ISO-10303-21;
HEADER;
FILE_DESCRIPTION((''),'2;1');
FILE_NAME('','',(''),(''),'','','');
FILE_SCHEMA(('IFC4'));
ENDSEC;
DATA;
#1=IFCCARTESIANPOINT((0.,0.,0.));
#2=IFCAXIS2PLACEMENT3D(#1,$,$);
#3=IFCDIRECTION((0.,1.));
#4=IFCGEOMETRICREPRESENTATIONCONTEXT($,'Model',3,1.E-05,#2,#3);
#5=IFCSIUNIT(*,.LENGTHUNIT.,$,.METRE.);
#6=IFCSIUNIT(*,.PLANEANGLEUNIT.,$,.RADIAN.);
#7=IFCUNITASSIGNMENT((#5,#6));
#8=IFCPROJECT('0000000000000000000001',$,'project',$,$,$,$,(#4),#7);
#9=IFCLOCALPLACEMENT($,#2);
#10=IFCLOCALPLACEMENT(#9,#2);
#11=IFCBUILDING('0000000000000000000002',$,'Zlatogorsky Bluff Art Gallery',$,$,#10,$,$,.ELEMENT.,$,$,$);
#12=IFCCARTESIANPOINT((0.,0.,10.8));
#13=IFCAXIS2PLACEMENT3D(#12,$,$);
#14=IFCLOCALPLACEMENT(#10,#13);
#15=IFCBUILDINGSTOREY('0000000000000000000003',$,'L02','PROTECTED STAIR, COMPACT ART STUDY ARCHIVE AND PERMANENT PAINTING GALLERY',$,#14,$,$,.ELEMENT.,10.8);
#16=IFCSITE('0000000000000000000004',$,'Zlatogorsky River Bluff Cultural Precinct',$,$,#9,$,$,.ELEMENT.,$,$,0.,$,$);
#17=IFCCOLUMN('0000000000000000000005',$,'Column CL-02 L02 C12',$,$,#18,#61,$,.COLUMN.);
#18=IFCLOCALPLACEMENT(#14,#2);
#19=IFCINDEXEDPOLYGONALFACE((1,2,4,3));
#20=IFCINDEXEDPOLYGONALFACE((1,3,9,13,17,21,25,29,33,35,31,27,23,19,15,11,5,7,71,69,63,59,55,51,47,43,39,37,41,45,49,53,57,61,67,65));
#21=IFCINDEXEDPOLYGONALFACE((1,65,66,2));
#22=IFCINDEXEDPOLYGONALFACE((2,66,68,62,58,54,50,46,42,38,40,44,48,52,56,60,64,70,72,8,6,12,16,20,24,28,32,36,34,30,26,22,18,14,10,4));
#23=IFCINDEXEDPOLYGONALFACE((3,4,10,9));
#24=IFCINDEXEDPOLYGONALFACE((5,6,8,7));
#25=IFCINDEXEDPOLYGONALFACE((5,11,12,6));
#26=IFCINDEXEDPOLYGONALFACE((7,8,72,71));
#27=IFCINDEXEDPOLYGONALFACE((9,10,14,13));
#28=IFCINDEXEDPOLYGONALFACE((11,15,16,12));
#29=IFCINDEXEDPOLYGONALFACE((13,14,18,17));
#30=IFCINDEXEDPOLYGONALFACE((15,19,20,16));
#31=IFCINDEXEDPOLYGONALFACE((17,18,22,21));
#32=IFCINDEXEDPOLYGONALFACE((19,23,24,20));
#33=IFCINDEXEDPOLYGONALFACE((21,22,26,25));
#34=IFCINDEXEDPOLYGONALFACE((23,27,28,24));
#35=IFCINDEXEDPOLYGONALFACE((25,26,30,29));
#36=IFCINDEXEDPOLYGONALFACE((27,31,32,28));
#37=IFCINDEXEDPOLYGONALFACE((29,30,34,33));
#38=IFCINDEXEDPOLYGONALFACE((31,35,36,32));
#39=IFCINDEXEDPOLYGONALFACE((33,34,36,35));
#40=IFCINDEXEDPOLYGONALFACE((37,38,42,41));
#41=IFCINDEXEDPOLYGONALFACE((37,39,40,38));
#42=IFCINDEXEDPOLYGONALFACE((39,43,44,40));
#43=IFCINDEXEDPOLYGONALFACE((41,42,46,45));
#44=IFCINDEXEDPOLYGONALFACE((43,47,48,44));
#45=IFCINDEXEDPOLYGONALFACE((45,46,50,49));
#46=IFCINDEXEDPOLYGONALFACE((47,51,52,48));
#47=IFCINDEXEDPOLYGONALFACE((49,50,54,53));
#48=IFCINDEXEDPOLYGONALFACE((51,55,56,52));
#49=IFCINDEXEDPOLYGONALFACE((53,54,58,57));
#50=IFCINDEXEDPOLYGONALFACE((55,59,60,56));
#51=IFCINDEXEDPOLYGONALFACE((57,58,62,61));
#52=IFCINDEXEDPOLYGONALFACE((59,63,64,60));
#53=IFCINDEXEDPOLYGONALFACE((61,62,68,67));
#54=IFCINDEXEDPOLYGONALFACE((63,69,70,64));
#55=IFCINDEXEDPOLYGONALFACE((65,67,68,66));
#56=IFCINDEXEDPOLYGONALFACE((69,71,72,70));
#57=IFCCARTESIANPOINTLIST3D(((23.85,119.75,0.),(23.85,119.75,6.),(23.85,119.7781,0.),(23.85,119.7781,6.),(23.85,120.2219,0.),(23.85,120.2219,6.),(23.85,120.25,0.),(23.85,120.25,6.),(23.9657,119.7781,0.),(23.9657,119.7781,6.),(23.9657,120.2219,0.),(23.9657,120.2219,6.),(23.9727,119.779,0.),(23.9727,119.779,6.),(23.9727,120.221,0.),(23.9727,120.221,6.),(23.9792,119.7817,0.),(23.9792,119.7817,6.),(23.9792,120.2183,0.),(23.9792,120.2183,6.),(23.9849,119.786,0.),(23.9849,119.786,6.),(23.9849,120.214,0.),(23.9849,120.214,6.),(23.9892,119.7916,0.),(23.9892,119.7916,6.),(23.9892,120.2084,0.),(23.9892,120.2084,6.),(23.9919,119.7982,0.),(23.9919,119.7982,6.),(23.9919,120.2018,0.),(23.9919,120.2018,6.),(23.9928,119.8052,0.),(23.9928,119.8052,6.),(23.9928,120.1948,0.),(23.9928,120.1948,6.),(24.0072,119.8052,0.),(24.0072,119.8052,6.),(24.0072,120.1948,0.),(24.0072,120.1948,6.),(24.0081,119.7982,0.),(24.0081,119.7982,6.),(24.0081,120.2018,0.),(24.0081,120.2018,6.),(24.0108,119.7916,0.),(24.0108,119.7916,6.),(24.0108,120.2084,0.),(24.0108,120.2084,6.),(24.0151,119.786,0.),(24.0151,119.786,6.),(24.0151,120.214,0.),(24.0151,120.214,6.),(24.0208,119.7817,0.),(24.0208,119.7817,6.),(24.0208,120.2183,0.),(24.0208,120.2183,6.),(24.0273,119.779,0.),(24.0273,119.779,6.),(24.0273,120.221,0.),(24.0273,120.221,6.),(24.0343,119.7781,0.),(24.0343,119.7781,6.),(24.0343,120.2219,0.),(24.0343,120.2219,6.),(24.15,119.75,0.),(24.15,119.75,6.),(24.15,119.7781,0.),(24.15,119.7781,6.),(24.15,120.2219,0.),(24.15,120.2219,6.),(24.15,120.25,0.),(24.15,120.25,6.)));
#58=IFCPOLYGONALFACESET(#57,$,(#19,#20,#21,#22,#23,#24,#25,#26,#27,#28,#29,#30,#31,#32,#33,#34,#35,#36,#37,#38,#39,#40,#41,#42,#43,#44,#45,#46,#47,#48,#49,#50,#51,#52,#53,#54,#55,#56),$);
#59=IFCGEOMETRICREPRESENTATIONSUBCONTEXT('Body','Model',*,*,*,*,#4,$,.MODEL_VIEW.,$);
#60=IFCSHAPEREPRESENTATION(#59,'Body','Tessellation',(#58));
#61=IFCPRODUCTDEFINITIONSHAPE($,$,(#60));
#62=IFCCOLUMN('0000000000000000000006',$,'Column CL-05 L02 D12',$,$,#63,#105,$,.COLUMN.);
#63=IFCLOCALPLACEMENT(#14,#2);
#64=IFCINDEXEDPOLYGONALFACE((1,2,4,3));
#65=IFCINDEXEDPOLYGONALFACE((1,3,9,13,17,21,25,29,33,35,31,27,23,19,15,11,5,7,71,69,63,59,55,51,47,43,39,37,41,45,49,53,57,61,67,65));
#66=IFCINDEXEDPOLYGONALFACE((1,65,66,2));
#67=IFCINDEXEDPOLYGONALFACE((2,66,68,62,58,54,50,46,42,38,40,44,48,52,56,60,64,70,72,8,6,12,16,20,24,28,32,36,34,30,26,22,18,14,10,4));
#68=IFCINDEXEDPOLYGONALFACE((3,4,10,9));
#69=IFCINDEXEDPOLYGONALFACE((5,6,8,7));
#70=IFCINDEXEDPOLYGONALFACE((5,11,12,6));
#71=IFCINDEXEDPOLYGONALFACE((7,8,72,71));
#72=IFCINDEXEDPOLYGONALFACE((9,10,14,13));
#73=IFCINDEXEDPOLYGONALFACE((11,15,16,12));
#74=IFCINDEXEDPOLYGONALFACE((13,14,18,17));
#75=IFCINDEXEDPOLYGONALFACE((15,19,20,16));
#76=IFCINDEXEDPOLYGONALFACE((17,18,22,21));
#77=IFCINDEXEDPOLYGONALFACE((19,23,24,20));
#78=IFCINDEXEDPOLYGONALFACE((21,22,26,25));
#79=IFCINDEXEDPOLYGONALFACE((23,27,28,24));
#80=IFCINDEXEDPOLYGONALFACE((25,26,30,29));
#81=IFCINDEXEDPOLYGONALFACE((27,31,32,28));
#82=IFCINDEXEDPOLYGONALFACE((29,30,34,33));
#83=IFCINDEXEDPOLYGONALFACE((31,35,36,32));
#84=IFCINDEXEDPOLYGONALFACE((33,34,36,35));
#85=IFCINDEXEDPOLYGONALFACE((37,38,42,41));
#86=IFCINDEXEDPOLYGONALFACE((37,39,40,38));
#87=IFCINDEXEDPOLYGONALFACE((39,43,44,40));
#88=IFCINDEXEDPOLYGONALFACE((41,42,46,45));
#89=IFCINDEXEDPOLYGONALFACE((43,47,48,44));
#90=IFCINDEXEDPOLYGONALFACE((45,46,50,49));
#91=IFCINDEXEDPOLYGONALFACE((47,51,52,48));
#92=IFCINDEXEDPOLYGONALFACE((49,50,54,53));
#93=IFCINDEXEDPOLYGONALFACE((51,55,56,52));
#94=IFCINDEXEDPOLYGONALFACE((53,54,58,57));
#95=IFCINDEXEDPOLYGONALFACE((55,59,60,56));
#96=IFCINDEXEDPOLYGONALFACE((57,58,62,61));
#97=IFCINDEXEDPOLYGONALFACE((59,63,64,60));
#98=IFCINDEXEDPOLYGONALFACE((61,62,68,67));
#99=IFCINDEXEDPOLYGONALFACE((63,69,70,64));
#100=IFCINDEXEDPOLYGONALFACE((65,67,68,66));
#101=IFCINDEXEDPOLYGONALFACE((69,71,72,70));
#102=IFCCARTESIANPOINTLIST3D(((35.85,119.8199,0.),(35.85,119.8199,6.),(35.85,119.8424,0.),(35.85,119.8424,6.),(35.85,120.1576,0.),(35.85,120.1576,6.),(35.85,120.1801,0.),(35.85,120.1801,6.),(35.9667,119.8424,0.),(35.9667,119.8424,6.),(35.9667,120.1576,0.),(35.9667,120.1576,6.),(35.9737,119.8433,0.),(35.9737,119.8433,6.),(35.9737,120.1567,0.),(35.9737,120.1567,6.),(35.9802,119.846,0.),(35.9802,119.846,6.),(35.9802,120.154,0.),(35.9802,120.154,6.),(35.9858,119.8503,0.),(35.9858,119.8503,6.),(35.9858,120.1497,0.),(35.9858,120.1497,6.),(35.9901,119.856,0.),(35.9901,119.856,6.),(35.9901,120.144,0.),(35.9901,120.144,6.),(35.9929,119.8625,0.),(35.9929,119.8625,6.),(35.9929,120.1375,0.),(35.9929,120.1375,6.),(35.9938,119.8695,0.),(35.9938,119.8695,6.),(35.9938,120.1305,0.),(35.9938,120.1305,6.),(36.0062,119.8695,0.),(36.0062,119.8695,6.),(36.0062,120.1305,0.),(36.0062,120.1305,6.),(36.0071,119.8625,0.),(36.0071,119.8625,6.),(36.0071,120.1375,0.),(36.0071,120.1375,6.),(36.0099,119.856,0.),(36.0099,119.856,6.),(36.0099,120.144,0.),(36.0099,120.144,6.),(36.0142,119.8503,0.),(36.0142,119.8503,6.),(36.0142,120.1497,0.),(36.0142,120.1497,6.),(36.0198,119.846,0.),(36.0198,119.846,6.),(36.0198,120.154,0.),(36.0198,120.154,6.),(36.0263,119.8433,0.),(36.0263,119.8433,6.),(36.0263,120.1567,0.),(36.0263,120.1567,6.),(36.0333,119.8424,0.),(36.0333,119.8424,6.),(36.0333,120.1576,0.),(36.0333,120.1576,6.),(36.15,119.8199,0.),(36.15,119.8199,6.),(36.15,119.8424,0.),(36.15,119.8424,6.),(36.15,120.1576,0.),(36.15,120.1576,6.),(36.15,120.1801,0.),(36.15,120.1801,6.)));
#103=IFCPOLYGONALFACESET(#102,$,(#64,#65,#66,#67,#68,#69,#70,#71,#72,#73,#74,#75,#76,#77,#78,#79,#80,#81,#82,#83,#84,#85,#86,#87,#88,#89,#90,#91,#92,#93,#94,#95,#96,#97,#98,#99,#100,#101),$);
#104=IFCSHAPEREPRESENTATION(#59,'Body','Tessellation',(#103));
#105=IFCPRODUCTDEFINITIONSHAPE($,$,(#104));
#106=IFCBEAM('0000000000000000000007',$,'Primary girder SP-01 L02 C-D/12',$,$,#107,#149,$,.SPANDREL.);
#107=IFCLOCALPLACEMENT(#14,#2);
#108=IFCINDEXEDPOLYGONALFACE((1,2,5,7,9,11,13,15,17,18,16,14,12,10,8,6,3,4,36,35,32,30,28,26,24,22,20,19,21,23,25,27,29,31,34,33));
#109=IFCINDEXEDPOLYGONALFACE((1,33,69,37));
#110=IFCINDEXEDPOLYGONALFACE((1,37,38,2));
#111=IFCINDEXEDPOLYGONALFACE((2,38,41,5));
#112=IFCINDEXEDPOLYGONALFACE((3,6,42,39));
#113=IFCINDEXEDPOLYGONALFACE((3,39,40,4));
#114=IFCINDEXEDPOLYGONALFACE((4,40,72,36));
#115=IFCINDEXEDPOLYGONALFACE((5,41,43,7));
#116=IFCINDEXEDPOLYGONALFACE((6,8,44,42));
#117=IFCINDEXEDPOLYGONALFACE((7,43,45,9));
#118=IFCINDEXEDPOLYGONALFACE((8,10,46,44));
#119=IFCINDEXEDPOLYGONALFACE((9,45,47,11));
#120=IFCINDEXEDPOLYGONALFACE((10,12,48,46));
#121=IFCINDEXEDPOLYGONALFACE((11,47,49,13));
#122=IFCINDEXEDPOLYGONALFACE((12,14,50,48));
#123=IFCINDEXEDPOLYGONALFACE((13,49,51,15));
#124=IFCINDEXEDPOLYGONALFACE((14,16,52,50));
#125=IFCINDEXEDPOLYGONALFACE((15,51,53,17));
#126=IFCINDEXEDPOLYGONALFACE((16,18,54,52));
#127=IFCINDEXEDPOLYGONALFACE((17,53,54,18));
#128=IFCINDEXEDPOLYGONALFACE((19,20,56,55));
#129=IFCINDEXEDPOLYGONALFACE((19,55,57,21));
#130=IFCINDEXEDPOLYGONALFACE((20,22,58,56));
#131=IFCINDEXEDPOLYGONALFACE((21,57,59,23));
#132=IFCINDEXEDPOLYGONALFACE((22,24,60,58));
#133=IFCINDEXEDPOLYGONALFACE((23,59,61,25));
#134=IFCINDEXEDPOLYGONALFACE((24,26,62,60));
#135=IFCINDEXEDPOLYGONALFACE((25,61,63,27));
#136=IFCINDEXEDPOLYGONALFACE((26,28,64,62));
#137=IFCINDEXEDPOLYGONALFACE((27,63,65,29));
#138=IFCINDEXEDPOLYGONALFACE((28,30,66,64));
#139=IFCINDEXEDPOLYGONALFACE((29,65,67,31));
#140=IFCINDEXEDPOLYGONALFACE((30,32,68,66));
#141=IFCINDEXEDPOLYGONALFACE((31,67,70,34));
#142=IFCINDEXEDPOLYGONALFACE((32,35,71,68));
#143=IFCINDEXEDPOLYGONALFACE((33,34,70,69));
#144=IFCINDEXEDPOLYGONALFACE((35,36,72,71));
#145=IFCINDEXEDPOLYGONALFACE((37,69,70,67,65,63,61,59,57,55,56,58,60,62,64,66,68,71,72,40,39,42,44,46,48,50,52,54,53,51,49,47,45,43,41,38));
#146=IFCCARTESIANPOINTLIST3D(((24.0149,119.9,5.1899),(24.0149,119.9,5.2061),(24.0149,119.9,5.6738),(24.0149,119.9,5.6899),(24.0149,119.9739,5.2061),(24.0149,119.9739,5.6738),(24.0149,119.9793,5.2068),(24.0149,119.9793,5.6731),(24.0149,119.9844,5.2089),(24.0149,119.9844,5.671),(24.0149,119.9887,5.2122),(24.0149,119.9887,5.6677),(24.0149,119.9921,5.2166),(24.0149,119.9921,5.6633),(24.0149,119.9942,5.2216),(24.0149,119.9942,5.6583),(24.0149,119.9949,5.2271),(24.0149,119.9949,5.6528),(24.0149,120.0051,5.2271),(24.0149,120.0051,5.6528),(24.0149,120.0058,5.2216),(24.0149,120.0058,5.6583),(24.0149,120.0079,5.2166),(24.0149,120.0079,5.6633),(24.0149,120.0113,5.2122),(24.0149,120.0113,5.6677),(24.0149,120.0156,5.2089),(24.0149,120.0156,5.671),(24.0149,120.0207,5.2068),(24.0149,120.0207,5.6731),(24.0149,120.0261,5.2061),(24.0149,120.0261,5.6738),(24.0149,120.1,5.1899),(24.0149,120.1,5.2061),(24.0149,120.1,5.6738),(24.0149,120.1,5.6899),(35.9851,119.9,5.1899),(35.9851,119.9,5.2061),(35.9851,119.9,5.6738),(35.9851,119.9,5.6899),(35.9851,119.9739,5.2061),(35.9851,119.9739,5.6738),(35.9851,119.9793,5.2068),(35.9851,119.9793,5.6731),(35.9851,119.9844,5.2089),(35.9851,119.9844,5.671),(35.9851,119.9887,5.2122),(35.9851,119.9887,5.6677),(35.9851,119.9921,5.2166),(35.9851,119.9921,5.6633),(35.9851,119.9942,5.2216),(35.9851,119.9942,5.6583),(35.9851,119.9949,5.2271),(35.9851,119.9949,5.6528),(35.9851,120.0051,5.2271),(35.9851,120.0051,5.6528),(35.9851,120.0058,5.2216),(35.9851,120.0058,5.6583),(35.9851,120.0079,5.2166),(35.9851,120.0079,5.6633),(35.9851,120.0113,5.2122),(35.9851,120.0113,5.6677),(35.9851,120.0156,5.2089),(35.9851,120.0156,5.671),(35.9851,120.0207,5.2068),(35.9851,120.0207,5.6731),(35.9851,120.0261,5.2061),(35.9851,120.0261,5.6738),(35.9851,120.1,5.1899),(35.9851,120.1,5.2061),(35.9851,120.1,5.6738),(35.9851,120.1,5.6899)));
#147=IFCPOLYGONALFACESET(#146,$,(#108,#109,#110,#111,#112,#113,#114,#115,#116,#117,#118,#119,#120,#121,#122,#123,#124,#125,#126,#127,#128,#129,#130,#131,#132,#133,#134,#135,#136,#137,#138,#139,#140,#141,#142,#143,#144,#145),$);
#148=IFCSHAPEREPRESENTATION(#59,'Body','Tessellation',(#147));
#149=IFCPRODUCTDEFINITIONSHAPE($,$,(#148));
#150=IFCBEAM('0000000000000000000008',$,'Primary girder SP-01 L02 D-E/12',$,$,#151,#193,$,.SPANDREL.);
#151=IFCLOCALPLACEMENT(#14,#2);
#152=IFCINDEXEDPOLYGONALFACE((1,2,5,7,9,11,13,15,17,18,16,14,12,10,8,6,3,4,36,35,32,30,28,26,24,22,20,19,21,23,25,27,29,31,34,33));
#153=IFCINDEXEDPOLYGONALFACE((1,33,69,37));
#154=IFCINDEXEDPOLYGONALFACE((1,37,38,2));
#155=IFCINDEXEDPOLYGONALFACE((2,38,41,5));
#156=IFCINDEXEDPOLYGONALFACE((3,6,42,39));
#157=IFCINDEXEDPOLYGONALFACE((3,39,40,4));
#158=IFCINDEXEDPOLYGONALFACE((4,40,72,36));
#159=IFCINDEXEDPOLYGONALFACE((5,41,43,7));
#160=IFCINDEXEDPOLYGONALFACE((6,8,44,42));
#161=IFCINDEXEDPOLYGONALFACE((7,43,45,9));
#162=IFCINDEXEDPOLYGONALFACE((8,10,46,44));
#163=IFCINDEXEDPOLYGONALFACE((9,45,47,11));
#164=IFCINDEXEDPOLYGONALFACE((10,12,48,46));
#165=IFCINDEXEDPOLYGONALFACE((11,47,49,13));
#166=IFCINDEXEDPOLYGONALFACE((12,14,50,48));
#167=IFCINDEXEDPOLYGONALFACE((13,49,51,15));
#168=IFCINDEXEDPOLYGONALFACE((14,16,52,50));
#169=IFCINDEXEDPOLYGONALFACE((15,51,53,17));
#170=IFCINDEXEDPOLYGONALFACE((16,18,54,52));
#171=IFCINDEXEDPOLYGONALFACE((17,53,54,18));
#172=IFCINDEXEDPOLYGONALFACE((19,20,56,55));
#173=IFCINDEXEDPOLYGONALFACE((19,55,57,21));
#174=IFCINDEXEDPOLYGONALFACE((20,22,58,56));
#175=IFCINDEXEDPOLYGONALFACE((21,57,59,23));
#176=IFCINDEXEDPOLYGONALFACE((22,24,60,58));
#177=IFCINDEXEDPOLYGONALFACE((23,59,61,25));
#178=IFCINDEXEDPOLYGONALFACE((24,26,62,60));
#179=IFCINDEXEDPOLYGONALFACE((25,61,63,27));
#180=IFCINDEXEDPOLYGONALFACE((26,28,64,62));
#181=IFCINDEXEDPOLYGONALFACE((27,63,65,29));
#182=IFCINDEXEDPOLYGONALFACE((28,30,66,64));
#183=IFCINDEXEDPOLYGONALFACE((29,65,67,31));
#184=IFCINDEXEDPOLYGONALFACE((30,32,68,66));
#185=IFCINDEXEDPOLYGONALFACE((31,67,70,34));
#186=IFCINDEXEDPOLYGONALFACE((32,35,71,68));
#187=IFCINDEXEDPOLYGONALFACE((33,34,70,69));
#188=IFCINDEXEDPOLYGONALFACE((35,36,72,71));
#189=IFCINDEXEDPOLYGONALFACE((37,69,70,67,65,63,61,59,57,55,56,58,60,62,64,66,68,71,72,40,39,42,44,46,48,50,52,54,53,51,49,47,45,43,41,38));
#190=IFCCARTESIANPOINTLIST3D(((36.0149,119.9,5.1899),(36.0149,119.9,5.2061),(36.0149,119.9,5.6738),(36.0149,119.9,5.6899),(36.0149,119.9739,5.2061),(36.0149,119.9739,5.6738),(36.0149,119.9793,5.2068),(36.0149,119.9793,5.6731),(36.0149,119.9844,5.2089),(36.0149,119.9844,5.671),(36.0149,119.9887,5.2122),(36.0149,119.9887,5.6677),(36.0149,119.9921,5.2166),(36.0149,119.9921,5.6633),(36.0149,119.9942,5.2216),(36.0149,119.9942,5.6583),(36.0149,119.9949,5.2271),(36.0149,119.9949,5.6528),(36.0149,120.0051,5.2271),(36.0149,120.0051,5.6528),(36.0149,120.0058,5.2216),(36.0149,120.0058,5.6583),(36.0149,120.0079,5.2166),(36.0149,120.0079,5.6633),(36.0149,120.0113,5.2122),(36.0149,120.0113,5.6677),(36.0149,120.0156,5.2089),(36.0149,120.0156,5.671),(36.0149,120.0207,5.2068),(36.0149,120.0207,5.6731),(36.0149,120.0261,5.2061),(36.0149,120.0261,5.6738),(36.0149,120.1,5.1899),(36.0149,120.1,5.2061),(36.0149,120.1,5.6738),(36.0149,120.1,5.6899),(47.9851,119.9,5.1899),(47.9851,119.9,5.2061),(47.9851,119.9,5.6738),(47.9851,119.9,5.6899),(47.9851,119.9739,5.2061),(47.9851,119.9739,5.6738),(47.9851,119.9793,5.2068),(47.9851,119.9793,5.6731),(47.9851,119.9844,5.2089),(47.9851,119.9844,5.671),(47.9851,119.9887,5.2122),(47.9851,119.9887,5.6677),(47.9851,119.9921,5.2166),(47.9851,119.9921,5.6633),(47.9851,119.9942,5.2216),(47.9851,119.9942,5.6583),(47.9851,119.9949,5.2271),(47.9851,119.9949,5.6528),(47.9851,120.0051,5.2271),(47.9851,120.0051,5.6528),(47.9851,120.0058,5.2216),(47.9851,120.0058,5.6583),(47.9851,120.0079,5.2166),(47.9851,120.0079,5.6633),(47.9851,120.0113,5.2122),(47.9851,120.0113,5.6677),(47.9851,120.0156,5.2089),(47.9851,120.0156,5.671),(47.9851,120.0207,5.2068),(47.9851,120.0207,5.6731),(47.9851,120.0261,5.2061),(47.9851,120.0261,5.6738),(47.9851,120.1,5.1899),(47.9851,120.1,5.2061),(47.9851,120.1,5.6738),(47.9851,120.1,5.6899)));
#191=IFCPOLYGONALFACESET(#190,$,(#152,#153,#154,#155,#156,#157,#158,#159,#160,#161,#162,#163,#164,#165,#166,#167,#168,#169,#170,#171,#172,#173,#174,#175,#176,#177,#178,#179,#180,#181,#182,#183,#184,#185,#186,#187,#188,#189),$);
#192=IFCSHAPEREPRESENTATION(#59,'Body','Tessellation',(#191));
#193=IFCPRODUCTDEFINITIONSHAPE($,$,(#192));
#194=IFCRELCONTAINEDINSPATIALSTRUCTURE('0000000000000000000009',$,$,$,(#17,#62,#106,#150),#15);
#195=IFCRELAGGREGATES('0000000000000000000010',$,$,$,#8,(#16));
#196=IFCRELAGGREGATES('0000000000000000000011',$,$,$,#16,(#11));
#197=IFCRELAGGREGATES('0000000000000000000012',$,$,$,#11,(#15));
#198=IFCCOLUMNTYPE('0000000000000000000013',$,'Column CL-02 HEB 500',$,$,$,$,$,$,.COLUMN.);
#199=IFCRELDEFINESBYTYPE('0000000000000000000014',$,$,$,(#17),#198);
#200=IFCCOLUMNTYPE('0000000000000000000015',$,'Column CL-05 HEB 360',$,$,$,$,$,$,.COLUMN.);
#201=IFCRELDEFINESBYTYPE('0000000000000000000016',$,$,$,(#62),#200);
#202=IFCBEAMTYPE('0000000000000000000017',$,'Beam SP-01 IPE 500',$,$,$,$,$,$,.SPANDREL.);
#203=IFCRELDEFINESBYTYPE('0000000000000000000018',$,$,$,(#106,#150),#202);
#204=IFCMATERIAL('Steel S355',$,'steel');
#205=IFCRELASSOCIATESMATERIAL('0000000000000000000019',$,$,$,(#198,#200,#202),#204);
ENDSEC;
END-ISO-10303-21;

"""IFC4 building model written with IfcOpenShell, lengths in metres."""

from ifc_helpers import new_model, si_unit, direction, frame, origin, origin_2d, place, context, subcontext, project, spatial, i_section, extrude, material, material_profile, profile_set, type_object, element, save


model = new_model("IFC4")

# Units and contexts
model_context = context("Model", 3, precision=1e-05, world=origin(), true_north=direction((0.0, 1.0)))
body_context = subcontext(model_context, "Body", "Model", "MODEL_VIEW")
ifc_project = project(units=[si_unit("LENGTHUNIT", "METRE"), si_unit("PLANEANGLEUNIT", "RADIAN")], contexts=[model_context])

# Site, building, storey
site_placement = place(None, origin())
site = spatial("IfcSite", under=ifc_project, at=site_placement, Name="Zlatogorsky River Bluff Cultural Precinct", CompositionType="ELEMENT", RefElevation=0.0)
building_placement = place(site_placement, origin())
building = spatial("IfcBuilding", under=site, at=building_placement, Name="Zlatogorsky Bluff Art Gallery", CompositionType="ELEMENT")
storey_placement = place(building_placement, frame((0.0, 0.0, 10.8)))
storey = spatial("IfcBuildingStorey", under=building, at=storey_placement, Name="L02", Description="PROTECTED STAIR, COMPACT ART STUDY ARCHIVE AND PERMANENT PAINTING GALLERY", CompositionType="ELEMENT", Elevation=10.8)

# Columns
ifc_material_1 = material(Name="Steel S355", Category="steel")
ifc_material_profile_1 = material_profile(ifc_material_1, i_section(OverallWidth=0.3, OverallDepth=0.5, WebThickness=0.0144, FlangeThickness=0.0281, FilletRadius=0.0271, at=origin_2d()), Name="HEB 500")
ifc_profile_set_1 = profile_set([ifc_material_profile_1], Name="Steel S355")
column_type_1 = type_object("IfcColumnType", Name="Column CL-02 HEB 500", PredefinedType="COLUMN", material=ifc_profile_set_1)
column_1_placement = place(storey_placement, frame((24.0, 120.0, 0.0), z_axis=(0.0, 0.0, 1.0), x_axis=(1.0, 0.0, 0.0)))
element("IfcColumn", 1, at=column_1_placement, inside=storey, type_object=column_type_1, Name="Column CL-02 L02 C12", PredefinedType="COLUMN", context=body_context, shape_type="SweptSolid", body=[
    extrude(i_section(OverallWidth=0.3, OverallDepth=0.5, WebThickness=0.0144, FlangeThickness=0.0281, FilletRadius=0.0271, at=origin_2d()), origin(), (0.0, 0.0, 1.0), 6.0),
])
ifc_material_profile_2 = material_profile(ifc_material_1, i_section(OverallWidth=0.3, OverallDepth=0.3601, WebThickness=0.0125, FlangeThickness=0.0225, FilletRadius=0.0271, at=origin_2d()), Name="HEB 360")
ifc_profile_set_2 = profile_set([ifc_material_profile_2], Name="Steel S355")
column_type_2 = type_object("IfcColumnType", Name="Column CL-05 HEB 360", PredefinedType="COLUMN", material=ifc_profile_set_2)
column_2_placement = place(storey_placement, frame((36.0, 120.0, 0.0), z_axis=(0.0, 0.0, 1.0), x_axis=(1.0, 0.0, 0.0)))
element("IfcColumn", 2, at=column_2_placement, inside=storey, type_object=column_type_2, Name="Column CL-05 L02 D12", PredefinedType="COLUMN", context=body_context, shape_type="SweptSolid", body=[
    extrude(i_section(OverallWidth=0.3, OverallDepth=0.3601, WebThickness=0.0125, FlangeThickness=0.0225, FilletRadius=0.0271, at=origin_2d()), origin(), (0.0, 0.0, 1.0), 6.0),
])

# Beams
ifc_material_profile_3 = material_profile(ifc_material_1, i_section(OverallWidth=0.2, OverallDepth=0.5, WebThickness=0.0103, FlangeThickness=0.0161, FilletRadius=0.021, at=origin_2d()), Name="IPE 500")
ifc_profile_set_3 = profile_set([ifc_material_profile_3], Name="Steel S355")
beam_type = type_object("IfcBeamType", Name="Beam SP-01 IPE 500", PredefinedType="SPANDREL", material=ifc_profile_set_3)
for number, where, z_axis, x_axis, name in (
    (3, (24.0149, 120.0, 5.4399), (1.0, 0.0, 0.0), (0.0, 1.0, 0.0), "Primary girder SP-01 L02 C-D/12"),
    (4, (36.0149, 120.0, 5.4399), (1.0, 0.0, 0.0), (0.0, 1.0, 0.0), "Primary girder SP-01 L02 D-E/12"),
):
    element("IfcBeam", number, at=place(storey_placement, frame(where, z_axis=z_axis, x_axis=x_axis)), inside=storey, type_object=beam_type, Name=name, PredefinedType="SPANDREL", context=body_context, shape_type="SweptSolid", body=[
        extrude(i_section(OverallWidth=0.2, OverallDepth=0.5, WebThickness=0.0103, FlangeThickness=0.0161, FilletRadius=0.021, at=origin_2d()), origin(), (0.0, 0.0, 1.0), 11.9702),
    ])

save(model, "model.ifc")
